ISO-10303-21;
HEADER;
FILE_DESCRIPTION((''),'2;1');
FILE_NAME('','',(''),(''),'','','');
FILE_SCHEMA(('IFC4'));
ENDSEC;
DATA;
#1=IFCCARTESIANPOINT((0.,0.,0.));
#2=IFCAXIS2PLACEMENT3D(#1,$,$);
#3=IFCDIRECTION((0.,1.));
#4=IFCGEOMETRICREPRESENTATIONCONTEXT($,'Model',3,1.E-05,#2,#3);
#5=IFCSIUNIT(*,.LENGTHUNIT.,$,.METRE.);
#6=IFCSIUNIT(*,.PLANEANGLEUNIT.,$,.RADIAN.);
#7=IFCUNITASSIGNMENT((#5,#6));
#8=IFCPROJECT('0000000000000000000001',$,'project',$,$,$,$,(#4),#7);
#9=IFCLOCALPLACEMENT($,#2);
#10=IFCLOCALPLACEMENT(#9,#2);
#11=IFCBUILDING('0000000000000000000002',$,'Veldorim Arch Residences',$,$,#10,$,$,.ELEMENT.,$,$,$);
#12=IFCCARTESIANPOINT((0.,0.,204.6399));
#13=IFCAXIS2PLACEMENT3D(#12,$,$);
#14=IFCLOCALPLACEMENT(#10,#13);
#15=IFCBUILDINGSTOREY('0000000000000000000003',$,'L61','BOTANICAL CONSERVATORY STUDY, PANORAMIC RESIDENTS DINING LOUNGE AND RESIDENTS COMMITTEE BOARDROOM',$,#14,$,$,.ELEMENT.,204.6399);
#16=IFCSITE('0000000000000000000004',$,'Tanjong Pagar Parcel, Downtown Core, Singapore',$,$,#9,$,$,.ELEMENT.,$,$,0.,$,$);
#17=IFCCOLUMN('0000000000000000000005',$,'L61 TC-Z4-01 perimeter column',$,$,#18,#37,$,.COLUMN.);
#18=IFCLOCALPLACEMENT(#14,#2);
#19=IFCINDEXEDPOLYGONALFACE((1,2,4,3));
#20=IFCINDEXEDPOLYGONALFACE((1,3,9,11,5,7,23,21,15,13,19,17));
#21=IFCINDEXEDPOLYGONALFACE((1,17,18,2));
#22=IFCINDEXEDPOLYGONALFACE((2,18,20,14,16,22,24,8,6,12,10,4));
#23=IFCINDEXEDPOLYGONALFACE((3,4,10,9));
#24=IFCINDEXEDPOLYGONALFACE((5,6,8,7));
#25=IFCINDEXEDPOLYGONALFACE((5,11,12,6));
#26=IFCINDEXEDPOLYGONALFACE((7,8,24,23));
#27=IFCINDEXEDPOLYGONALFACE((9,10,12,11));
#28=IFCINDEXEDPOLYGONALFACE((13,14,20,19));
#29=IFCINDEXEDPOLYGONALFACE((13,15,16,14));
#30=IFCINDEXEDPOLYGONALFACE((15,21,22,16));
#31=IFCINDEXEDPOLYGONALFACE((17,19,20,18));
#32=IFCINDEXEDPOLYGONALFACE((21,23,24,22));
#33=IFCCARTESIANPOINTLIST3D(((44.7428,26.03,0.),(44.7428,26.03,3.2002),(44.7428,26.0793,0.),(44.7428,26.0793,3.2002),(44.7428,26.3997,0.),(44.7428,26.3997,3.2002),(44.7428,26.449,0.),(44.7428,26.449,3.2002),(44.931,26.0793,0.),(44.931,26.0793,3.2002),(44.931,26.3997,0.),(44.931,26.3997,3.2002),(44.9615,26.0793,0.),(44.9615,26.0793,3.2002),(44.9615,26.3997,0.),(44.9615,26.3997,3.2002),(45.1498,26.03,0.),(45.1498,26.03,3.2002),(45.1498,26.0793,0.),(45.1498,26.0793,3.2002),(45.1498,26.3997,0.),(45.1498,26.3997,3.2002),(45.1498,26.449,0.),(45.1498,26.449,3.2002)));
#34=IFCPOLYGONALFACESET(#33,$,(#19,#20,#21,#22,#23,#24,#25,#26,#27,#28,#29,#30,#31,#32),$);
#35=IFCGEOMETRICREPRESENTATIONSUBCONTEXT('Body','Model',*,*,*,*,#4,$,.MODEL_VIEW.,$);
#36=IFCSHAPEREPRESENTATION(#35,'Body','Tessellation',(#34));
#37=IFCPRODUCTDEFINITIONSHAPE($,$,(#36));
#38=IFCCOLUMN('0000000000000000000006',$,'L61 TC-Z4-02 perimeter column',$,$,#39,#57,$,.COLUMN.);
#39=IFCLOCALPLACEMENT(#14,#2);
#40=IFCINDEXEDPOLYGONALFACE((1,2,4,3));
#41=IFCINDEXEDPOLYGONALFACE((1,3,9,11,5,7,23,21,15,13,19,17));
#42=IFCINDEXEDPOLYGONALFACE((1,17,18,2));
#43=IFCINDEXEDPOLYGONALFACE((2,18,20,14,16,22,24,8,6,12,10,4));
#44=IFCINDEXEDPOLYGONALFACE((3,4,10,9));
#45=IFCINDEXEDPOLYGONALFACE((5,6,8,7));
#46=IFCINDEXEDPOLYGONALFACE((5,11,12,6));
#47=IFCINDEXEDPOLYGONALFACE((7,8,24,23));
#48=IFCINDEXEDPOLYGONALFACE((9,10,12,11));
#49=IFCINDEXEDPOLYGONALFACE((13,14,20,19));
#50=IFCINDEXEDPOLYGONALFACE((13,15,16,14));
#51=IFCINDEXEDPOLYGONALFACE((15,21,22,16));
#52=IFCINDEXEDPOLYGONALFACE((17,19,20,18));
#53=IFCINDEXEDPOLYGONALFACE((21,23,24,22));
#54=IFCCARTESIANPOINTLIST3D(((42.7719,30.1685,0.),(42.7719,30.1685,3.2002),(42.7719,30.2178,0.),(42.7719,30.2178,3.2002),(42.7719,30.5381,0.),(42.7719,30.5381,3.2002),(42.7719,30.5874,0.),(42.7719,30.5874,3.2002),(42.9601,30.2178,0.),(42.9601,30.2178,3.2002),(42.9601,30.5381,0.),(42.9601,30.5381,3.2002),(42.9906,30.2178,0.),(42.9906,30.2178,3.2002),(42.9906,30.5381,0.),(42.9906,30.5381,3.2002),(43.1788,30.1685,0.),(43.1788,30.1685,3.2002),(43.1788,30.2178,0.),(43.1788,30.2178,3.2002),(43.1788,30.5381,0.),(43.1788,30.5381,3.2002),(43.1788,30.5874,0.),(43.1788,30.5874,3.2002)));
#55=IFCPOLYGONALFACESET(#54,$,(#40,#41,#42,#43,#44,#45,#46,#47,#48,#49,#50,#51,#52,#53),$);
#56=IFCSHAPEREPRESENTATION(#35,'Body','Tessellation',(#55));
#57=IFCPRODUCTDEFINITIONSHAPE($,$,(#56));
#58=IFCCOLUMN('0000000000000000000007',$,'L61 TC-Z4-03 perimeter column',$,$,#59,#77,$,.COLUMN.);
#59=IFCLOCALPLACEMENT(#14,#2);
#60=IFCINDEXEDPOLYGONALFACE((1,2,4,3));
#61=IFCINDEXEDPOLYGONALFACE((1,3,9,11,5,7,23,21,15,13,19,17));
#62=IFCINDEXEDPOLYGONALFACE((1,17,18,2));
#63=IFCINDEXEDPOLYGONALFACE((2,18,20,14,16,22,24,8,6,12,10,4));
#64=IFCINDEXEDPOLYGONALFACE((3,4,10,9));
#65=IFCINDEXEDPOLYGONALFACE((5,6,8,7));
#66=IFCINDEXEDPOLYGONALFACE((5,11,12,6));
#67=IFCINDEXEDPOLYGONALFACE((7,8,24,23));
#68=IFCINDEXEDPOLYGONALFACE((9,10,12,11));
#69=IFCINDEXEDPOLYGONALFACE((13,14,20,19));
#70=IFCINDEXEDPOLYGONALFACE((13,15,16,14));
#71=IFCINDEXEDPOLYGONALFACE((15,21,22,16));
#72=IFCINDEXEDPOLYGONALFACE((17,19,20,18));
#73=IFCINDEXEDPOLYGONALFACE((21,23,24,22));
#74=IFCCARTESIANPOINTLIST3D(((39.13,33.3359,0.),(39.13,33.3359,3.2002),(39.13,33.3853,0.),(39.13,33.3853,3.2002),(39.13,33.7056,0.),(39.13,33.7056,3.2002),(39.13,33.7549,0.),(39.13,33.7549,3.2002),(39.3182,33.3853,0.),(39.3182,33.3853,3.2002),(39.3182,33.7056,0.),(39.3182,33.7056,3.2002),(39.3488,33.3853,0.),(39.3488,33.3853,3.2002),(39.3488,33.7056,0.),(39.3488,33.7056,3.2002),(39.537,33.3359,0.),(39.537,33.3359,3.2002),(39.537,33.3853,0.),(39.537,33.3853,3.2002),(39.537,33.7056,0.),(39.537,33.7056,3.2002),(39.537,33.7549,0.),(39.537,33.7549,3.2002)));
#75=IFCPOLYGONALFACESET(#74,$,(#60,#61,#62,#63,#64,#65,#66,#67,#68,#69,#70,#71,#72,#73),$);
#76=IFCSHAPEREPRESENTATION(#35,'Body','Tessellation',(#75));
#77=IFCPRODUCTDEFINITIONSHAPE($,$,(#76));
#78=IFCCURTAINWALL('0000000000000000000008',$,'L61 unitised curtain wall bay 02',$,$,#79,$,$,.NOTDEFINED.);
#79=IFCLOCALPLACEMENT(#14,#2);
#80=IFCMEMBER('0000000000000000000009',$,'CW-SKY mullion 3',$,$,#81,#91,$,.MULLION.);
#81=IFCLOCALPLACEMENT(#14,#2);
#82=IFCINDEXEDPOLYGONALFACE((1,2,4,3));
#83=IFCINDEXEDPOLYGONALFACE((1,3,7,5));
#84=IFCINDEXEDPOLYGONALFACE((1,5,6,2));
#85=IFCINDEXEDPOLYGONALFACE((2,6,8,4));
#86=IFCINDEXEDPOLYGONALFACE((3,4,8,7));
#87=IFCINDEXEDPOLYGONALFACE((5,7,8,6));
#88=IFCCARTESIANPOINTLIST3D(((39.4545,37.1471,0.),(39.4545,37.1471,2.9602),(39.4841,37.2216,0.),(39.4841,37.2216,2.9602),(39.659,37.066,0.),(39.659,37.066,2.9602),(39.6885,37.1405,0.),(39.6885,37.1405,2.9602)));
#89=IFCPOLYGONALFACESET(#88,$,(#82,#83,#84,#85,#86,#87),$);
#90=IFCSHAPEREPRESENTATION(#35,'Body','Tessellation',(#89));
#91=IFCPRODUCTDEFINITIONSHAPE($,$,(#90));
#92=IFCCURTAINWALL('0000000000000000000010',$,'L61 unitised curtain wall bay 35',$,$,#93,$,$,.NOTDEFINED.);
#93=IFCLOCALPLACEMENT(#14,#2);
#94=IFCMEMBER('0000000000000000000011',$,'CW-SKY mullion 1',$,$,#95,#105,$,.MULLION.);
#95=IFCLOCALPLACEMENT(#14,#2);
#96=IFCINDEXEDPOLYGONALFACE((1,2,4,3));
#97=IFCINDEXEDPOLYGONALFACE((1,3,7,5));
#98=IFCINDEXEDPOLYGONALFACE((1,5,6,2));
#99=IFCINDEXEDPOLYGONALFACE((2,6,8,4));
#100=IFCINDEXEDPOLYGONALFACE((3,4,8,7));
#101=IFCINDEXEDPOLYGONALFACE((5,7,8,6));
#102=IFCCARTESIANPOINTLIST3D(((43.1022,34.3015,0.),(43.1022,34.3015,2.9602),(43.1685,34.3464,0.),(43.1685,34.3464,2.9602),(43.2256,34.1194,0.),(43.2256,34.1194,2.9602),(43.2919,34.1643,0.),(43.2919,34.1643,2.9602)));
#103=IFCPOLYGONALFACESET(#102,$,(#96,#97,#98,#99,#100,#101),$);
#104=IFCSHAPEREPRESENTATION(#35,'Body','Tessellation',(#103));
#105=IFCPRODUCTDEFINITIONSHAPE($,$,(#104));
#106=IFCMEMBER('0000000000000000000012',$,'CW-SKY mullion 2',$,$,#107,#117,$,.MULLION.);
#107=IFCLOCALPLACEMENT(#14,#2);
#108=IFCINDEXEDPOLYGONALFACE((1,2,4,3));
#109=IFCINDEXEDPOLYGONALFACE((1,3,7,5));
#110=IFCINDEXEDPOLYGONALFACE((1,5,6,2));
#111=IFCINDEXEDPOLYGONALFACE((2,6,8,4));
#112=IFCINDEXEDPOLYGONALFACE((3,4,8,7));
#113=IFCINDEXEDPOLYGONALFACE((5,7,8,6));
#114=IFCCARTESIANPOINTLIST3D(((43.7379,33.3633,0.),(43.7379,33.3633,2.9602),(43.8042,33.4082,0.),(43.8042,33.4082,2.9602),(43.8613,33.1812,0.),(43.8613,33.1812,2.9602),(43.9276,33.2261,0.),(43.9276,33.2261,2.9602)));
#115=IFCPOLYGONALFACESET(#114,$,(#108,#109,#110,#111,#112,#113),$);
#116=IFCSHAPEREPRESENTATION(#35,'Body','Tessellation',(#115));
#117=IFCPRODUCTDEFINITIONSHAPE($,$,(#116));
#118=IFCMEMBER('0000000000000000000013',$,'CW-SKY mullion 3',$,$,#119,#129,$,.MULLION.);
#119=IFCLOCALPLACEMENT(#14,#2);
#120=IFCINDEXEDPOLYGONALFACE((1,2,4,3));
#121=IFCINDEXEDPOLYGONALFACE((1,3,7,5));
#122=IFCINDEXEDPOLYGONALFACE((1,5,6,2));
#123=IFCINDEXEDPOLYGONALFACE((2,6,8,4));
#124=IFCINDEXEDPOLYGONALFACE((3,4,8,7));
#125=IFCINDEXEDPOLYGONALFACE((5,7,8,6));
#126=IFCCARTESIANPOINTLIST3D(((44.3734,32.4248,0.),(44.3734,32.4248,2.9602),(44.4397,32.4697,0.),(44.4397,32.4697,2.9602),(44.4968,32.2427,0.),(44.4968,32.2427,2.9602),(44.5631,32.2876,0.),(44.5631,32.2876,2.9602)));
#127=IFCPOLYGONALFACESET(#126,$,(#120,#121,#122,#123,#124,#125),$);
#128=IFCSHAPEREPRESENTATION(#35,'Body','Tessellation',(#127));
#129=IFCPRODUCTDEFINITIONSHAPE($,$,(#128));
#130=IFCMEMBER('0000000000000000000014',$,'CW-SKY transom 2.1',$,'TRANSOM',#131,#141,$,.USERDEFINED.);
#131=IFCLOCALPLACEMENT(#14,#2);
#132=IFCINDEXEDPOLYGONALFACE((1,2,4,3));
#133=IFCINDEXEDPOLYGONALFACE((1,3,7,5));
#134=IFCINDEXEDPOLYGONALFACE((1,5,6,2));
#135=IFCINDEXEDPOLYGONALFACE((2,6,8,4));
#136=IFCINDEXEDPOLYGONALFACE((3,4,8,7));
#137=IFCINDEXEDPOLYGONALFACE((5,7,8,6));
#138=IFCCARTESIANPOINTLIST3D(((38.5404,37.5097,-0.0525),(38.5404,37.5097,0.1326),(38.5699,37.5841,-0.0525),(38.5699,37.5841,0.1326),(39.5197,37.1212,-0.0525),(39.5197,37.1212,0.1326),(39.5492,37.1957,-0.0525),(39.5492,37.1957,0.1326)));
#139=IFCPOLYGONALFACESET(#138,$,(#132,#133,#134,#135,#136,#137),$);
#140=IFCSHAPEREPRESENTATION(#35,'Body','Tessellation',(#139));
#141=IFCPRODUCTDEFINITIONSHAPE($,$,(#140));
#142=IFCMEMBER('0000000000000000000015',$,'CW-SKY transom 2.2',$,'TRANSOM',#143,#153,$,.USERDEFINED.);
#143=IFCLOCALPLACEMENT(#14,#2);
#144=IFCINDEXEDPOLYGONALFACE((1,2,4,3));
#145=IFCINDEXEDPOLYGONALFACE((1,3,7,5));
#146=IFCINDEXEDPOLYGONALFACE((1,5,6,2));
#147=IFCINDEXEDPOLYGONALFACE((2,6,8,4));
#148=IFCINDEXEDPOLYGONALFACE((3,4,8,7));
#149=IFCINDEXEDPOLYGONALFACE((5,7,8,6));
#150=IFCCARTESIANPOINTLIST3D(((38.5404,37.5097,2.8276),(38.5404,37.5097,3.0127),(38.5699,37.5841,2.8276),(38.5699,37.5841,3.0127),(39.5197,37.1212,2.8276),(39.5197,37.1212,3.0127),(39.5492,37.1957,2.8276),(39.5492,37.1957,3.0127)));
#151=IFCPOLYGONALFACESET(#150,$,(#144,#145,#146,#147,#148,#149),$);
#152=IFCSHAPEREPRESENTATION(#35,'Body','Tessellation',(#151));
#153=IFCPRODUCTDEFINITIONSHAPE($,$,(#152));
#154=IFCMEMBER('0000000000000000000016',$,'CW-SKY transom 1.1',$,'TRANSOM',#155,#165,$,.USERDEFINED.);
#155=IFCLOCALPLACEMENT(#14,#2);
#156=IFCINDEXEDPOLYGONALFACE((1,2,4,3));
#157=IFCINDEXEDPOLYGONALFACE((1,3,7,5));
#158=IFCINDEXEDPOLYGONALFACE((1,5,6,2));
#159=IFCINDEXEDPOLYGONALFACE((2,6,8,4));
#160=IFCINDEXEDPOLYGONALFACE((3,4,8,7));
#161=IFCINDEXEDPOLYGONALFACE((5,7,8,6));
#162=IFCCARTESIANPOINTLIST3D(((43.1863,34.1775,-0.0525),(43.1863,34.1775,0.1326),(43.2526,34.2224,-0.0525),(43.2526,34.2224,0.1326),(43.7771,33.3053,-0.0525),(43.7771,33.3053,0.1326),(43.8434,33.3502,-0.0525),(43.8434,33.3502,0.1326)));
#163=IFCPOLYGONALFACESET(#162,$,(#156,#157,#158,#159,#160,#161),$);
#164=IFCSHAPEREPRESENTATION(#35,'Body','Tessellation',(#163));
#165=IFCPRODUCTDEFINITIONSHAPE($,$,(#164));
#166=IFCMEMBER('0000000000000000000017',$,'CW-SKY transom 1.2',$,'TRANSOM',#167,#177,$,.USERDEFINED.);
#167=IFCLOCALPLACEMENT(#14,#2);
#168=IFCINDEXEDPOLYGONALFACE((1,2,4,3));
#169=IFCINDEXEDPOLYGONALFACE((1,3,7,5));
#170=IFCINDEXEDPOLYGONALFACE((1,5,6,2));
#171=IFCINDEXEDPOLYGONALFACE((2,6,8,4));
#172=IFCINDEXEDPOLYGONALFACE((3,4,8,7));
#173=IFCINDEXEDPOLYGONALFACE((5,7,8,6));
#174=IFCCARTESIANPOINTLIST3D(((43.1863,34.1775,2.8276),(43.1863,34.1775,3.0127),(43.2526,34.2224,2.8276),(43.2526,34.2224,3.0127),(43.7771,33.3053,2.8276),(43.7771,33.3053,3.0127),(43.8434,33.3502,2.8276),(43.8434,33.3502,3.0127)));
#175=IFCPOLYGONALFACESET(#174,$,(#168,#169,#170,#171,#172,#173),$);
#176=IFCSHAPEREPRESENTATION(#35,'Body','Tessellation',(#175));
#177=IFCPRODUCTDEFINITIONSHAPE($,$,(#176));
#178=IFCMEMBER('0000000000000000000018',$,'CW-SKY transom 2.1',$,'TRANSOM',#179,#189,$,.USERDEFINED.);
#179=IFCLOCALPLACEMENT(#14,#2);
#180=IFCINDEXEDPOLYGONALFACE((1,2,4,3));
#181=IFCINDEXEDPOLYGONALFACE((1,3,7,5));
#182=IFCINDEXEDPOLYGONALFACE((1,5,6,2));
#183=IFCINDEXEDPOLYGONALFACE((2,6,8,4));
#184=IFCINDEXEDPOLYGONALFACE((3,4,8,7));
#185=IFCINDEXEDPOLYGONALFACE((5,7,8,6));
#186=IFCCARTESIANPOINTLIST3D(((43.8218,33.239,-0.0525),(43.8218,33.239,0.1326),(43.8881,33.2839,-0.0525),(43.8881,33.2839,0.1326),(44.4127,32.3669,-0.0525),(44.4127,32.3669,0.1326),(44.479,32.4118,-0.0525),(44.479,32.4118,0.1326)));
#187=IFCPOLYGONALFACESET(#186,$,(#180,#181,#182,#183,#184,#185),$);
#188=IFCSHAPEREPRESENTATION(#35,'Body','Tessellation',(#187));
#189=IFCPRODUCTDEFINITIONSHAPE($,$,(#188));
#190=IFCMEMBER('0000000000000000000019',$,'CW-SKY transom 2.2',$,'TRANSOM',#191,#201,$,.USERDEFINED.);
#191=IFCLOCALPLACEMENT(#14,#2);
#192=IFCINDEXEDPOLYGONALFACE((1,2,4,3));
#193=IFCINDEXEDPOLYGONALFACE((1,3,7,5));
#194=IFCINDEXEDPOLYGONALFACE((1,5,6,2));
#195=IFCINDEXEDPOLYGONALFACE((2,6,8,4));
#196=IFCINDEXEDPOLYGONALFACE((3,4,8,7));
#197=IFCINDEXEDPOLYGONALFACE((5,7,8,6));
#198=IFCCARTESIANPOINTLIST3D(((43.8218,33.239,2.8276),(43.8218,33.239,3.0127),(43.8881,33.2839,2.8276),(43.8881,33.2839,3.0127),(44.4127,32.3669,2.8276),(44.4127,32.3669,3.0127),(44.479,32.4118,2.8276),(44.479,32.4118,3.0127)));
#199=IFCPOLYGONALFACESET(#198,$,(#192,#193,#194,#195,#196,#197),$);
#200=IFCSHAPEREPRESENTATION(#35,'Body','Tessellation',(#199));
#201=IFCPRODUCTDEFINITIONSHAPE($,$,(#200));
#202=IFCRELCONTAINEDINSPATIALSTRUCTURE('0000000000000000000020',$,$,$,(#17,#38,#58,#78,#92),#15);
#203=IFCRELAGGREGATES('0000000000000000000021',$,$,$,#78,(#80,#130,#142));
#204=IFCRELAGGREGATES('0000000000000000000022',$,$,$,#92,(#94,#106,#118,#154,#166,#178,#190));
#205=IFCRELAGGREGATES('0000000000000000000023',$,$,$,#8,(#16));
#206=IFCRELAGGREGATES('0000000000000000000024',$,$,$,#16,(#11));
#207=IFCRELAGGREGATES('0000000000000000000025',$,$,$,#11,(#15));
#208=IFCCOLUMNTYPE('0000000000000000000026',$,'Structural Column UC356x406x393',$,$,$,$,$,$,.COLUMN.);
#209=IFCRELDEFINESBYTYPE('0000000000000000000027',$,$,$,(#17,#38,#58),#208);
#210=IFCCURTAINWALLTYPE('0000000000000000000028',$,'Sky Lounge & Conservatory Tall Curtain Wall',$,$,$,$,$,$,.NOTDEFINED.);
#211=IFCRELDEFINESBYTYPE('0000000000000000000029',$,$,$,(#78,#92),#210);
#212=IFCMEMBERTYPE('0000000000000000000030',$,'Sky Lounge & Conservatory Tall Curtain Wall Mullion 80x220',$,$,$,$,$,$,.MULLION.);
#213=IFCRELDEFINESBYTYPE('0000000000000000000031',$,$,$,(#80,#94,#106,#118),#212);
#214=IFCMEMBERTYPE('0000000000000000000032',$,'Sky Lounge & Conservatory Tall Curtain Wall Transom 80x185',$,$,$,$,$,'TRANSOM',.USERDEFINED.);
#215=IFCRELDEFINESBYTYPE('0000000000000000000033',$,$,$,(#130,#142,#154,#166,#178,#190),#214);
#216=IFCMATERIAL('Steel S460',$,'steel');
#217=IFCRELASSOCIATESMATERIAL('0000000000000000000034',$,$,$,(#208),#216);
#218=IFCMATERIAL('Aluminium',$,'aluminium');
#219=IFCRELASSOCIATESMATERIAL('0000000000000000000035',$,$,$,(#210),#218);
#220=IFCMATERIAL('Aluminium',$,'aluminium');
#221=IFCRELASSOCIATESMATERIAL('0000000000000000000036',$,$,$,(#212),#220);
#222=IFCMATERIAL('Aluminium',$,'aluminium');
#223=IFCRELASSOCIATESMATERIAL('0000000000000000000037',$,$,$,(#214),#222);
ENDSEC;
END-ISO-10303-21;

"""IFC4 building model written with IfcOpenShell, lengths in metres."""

from ifc_helpers import new_model, si_unit, direction, frame, origin, origin_2d, place, context, subcontext, project, spatial, rectangle, i_section, extrude, material, material_profile, profile_set, type_object, element, aggregate, save


model = new_model("IFC4")

# Units and contexts
model_context = context("Model", 3, precision=1e-05, world=origin(), true_north=direction((0.0, 1.0)))
body_context = subcontext(model_context, "Body", "Model", "MODEL_VIEW")
ifc_project = project(units=[si_unit("LENGTHUNIT", "METRE"), si_unit("PLANEANGLEUNIT", "RADIAN")], contexts=[model_context])

# Site, building, storey
site_placement = place(None, origin())
site = spatial("IfcSite", under=ifc_project, at=site_placement, Name="Tanjong Pagar Parcel, Downtown Core, Singapore", CompositionType="ELEMENT", RefElevation=0.0)
building_placement = place(site_placement, origin())
building = spatial("IfcBuilding", under=site, at=building_placement, Name="Veldorim Arch Residences", CompositionType="ELEMENT")
storey_placement = place(building_placement, frame((0.0, 0.0, 204.6399)))
storey = spatial("IfcBuildingStorey", under=building, at=storey_placement, Name="L61", Description="BOTANICAL CONSERVATORY STUDY, PANORAMIC RESIDENTS DINING LOUNGE AND RESIDENTS COMMITTEE BOARDROOM", CompositionType="ELEMENT", Elevation=204.6399)

# Columns
ifc_material_1 = material(Name="Steel S460", Category="steel")
ifc_material_profile_1 = material_profile(ifc_material_1, i_section(OverallWidth=0.407, OverallDepth=0.4189, WebThickness=0.0305, FlangeThickness=0.0493, at=origin_2d()), Name="UC356x406x393")
ifc_profile_set_1 = profile_set([ifc_material_profile_1], Name="Steel S460")
column_type = type_object("IfcColumnType", Name="Structural Column UC356x406x393", PredefinedType="COLUMN", material=ifc_profile_set_1)
for number, where, z_axis, x_axis, name in (
    (1, (44.9463, 26.2395, 0.0), (0.0, 0.0, 1.0), (1.0, 0.0, 0.0), "L61 TC-Z4-01 perimeter column"),
    (2, (42.9753, 30.3779, 0.0), (0.0, 0.0, 1.0), (1.0, 0.0, 0.0), "L61 TC-Z4-02 perimeter column"),
    (3, (39.3335, 33.5454, 0.0), (0.0, 0.0, 1.0), (1.0, 0.0, 0.0), "L61 TC-Z4-03 perimeter column"),
):
    element("IfcColumn", number, at=place(storey_placement, frame(where, z_axis=z_axis, x_axis=x_axis)), inside=storey, type_object=column_type, Name=name, PredefinedType="COLUMN", context=body_context, shape_type="SweptSolid", body=[
        extrude(i_section(OverallWidth=0.407, OverallDepth=0.4189, WebThickness=0.0305, FlangeThickness=0.0493, at=origin_2d()), origin(), (0.0, 0.0, 1.0), 3.2002),
    ])

# Curtain wall, member
ifc_material_2 = material(Name="Aluminium", Category="aluminium")
curtain_wall_type = type_object("IfcCurtainWallType", Name="Sky Lounge & Conservatory Tall Curtain Wall", PredefinedType="NOTDEFINED", material=ifc_material_2)
curtain_wall_1_placement = place(storey_placement, origin())
curtain_wall_1 = element("IfcCurtainWall", 4, at=curtain_wall_1_placement, inside=storey, type_object=curtain_wall_type, Name="L61 unitised curtain wall bay 02", PredefinedType="NOTDEFINED")
ifc_material_3 = material(Name="Aluminium", Category="aluminium")
ifc_material_profile_2 = material_profile(ifc_material_3, rectangle(XDim=0.0801, YDim=0.22, at=origin_2d()), Name="ALU_MUL_80x220")
ifc_profile_set_2 = profile_set([ifc_material_profile_2], Name="Aluminium")
member_type_1 = type_object("IfcMemberType", Name="Sky Lounge & Conservatory Tall Curtain Wall Mullion 80x220", PredefinedType="MULLION", material=ifc_profile_set_2)
member_1_placement = place(storey_placement, frame((39.5715, 37.1438, 0.0), z_axis=(0.0, 0.0, 1.0), x_axis=(0.368671, 0.92956, 0.0)))
member_1 = element("IfcMember", 5, at=member_1_placement, type_object=member_type_1, Name="CW-SKY mullion 3", PredefinedType="MULLION", context=body_context, shape_type="SweptSolid", body=[
    extrude(rectangle(XDim=0.0801, YDim=0.22, at=origin_2d()), origin(), (0.0, 0.0, 1.0), 2.9602),
])

# Curtain wall, members
curtain_wall_2_placement = place(storey_placement, origin())
curtain_wall_2 = element("IfcCurtainWall", 6, at=curtain_wall_2_placement, inside=storey, type_object=curtain_wall_type, Name="L61 unitised curtain wall bay 35", PredefinedType="NOTDEFINED")
member_2_placement = place(storey_placement, frame((43.197, 34.2329, 0.0), z_axis=(0.0, 0.0, 1.0), x_axis=(0.827944, 0.560811, 0.0)))
member_2 = element("IfcMember", 7, at=member_2_placement, type_object=member_type_1, Name="CW-SKY mullion 1", PredefinedType="MULLION", context=body_context, shape_type="SweptSolid", body=[
    extrude(rectangle(XDim=0.0801, YDim=0.22, at=origin_2d()), origin(), (0.0, 0.0, 1.0), 2.9602),
])
member_3_placement = place(storey_placement, frame((43.8328, 33.2947, 0.0), z_axis=(0.0, 0.0, 1.0), x_axis=(0.827944, 0.560811, 0.0)))
member_3 = element("IfcMember", 8, at=member_3_placement, type_object=member_type_1, Name="CW-SKY mullion 2", PredefinedType="MULLION", context=body_context, shape_type="SweptSolid", body=[
    extrude(rectangle(XDim=0.0801, YDim=0.22, at=origin_2d()), origin(), (0.0, 0.0, 1.0), 2.9602),
])
member_4_placement = place(storey_placement, frame((44.4683, 32.3562, 0.0), z_axis=(0.0, 0.0, 1.0), x_axis=(0.827944, 0.560811, 0.0)))
member_4 = element("IfcMember", 9, at=member_4_placement, type_object=member_type_1, Name="CW-SKY mullion 3", PredefinedType="MULLION", context=body_context, shape_type="SweptSolid", body=[
    extrude(rectangle(XDim=0.0801, YDim=0.22, at=origin_2d()), origin(), (0.0, 0.0, 1.0), 2.9602),
])

# Members
ifc_material_4 = material(Name="Aluminium", Category="aluminium")
ifc_material_profile_3 = material_profile(ifc_material_4, rectangle(XDim=0.0801, YDim=0.1851, at=origin_2d()), Name="ALU_TRN_80x185")
ifc_profile_set_3 = profile_set([ifc_material_profile_3], Name="Aluminium")
member_type_2 = type_object("IfcMemberType", Name="Sky Lounge & Conservatory Tall Curtain Wall Transom 80x185", ElementType="TRANSOM", PredefinedType="USERDEFINED", material=ifc_profile_set_3)
member_5_placement = place(storey_placement, frame((38.5552, 37.5469, 0.04), z_axis=(0.929544, -0.368712, 0.0), x_axis=(0.368712, 0.929544, 0.0)))
member_5 = element("IfcMember", 10, at=member_5_placement, type_object=member_type_2, Name="CW-SKY transom 2.1", ObjectType="TRANSOM", PredefinedType="USERDEFINED", context=body_context, shape_type="SweptSolid", body=[
    extrude(rectangle(XDim=0.0801, YDim=0.1851, at=origin_2d()), origin(), (0.0, 0.0, 1.0), 1.0535),
])
member_6_placement = place(storey_placement, frame((38.5552, 37.5469, 2.9202), z_axis=(0.929544, -0.368712, 0.0), x_axis=(0.368712, 0.929544, 0.0)))
member_6 = element("IfcMember", 11, at=member_6_placement, type_object=member_type_2, Name="CW-SKY transom 2.2", ObjectType="TRANSOM", PredefinedType="USERDEFINED", context=body_context, shape_type="SweptSolid", body=[
    extrude(rectangle(XDim=0.0801, YDim=0.1851, at=origin_2d()), origin(), (0.0, 0.0, 1.0), 1.0535),
])
member_7_placement = place(storey_placement, frame((43.2195, 34.2, 0.04), z_axis=(0.560782, -0.827964, 0.0), x_axis=(0.827964, 0.560782, 0.0)))
member_7 = element("IfcMember", 12, at=member_7_placement, type_object=member_type_2, Name="CW-SKY transom 1.1", ObjectType="TRANSOM", PredefinedType="USERDEFINED", context=body_context, shape_type="SweptSolid", body=[
    extrude(rectangle(XDim=0.0801, YDim=0.1851, at=origin_2d()), origin(), (0.0, 0.0, 1.0), 1.0535),
])
member_8_placement = place(storey_placement, frame((43.2195, 34.2, 2.9202), z_axis=(0.560782, -0.827964, 0.0), x_axis=(0.827964, 0.560782, 0.0)))
member_8 = element("IfcMember", 13, at=member_8_placement, type_object=member_type_2, Name="CW-SKY transom 1.2", ObjectType="TRANSOM", PredefinedType="USERDEFINED", context=body_context, shape_type="SweptSolid", body=[
    extrude(rectangle(XDim=0.0801, YDim=0.1851, at=origin_2d()), origin(), (0.0, 0.0, 1.0), 1.0535),
])
member_9_placement = place(storey_placement, frame((43.855, 33.2615, 0.04), z_axis=(0.560889, -0.827891, 0.0), x_axis=(0.827891, 0.560889, 0.0)))
member_9 = element("IfcMember", 14, at=member_9_placement, type_object=member_type_2, Name="CW-SKY transom 2.1", ObjectType="TRANSOM", PredefinedType="USERDEFINED", context=body_context, shape_type="SweptSolid", body=[
    extrude(rectangle(XDim=0.0801, YDim=0.1851, at=origin_2d()), origin(), (0.0, 0.0, 1.0), 1.0535),
])
member_10_placement = place(storey_placement, frame((43.855, 33.2615, 2.9202), z_axis=(0.560889, -0.827891, 0.0), x_axis=(0.827891, 0.560889, 0.0)))
member_10 = element("IfcMember", 15, at=member_10_placement, type_object=member_type_2, Name="CW-SKY transom 2.2", ObjectType="TRANSOM", PredefinedType="USERDEFINED", context=body_context, shape_type="SweptSolid", body=[
    extrude(rectangle(XDim=0.0801, YDim=0.1851, at=origin_2d()), origin(), (0.0, 0.0, 1.0), 1.0535),
])

aggregate(curtain_wall_1, [member_1, member_5, member_6])
aggregate(curtain_wall_2, [member_2, member_3, member_4, member_7, member_8, member_9, member_10])

save(model, "model.ifc")
